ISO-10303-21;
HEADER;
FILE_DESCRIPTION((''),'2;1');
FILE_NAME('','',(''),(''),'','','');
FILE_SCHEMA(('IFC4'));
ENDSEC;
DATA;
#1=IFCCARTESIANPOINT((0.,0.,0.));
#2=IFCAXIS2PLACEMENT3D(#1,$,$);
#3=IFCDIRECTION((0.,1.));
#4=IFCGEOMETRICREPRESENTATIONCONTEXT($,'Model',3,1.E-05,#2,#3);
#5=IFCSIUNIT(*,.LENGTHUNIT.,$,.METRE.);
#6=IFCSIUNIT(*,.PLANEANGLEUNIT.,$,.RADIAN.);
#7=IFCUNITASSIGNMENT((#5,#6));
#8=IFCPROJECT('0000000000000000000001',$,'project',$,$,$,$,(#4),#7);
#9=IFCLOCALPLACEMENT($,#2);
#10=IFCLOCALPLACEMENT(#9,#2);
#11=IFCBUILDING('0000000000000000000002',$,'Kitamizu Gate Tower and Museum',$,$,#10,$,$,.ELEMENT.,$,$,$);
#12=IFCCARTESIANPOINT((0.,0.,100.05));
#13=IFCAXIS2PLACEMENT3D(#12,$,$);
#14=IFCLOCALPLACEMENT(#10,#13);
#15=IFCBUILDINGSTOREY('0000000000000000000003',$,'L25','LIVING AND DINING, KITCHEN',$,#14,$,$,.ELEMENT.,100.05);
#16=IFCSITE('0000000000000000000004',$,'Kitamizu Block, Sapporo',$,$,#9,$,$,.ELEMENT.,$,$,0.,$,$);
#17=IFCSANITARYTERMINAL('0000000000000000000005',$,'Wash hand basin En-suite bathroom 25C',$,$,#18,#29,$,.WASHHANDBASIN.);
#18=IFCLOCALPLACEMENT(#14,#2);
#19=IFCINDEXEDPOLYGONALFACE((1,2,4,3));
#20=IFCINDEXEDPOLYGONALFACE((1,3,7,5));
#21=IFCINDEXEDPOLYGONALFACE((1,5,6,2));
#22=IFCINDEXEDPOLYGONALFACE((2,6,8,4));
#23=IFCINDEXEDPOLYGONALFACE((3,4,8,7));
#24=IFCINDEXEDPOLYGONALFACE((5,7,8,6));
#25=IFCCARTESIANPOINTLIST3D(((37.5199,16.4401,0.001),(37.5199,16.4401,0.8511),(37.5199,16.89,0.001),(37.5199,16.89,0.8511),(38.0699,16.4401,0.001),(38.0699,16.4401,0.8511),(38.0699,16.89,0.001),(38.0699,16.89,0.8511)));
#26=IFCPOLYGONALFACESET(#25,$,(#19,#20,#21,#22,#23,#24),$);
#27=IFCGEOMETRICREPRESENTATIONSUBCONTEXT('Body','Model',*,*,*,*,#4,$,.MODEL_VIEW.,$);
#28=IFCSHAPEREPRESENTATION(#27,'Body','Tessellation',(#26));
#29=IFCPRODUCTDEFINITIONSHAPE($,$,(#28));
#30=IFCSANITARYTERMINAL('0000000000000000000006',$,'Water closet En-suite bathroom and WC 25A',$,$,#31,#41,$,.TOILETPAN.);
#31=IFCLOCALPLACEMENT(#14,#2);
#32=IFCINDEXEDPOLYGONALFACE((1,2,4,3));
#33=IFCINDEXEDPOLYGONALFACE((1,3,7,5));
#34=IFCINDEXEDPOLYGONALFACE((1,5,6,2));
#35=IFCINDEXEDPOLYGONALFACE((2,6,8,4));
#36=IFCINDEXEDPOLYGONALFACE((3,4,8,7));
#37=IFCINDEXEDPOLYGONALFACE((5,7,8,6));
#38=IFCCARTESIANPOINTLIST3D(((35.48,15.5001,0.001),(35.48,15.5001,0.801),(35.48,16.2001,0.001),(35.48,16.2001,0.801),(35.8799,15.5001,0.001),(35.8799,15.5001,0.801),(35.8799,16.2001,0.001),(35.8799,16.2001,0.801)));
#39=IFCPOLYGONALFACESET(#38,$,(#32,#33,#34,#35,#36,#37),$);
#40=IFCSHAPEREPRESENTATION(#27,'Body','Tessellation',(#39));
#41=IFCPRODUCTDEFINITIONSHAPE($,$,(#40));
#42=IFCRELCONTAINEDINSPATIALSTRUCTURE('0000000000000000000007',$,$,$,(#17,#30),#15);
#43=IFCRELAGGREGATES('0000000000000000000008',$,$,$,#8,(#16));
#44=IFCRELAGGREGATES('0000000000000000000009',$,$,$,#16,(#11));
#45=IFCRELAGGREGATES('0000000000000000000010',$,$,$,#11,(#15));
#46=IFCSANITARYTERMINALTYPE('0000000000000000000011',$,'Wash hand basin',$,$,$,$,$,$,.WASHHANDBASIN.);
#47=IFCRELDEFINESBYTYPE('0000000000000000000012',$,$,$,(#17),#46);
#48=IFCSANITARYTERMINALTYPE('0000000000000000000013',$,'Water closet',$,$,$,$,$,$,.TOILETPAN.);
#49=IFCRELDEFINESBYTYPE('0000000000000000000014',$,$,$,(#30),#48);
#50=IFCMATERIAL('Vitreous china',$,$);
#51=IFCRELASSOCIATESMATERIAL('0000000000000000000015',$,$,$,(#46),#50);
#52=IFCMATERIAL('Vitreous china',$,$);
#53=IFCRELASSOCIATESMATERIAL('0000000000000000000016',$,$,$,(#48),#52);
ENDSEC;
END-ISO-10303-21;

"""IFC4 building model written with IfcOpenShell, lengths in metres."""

from ifc_helpers import new_model, si_unit, direction, frame, origin, origin_2d, place, context, subcontext, project, spatial, rectangle, extrude, material, type_object, element, save


model = new_model("IFC4")

# Units and contexts
model_context = context("Model", 3, precision=1e-05, world=origin(), true_north=direction((0.0, 1.0)))
body_context = subcontext(model_context, "Body", "Model", "MODEL_VIEW")
ifc_project = project(units=[si_unit("LENGTHUNIT", "METRE"), si_unit("PLANEANGLEUNIT", "RADIAN")], contexts=[model_context])

# Site, building, storey
site_placement = place(None, origin())
site = spatial("IfcSite", under=ifc_project, at=site_placement, Name="Kitamizu Block, Sapporo", CompositionType="ELEMENT", RefElevation=0.0)
building_placement = place(site_placement, origin())
building = spatial("IfcBuilding", under=site, at=building_placement, Name="Kitamizu Gate Tower and Museum", CompositionType="ELEMENT")
storey_placement = place(building_placement, frame((0.0, 0.0, 100.05)))
storey = spatial("IfcBuildingStorey", under=building, at=storey_placement, Name="L25", Description="LIVING AND DINING, KITCHEN", CompositionType="ELEMENT", Elevation=100.05)

# Sanitary terminals
ifc_material_1 = material(Name="Vitreous china")
sanitary_terminal_type_1 = type_object("IfcSanitaryTerminalType", Name="Wash hand basin", PredefinedType="WASHHANDBASIN", material=ifc_material_1)
sanitary_terminal_1_placement = place(storey_placement, frame((37.7949, 16.665, 0.001), z_axis=(0.0, 0.0, 1.0), x_axis=(1.0, 0.0, 0.0)))
element("IfcSanitaryTerminal", 1, at=sanitary_terminal_1_placement, inside=storey, type_object=sanitary_terminal_type_1, Name="Wash hand basin En-suite bathroom 25C", PredefinedType="WASHHANDBASIN", context=body_context, shape_type="SweptSolid", body=[
    extrude(rectangle(XDim=0.55, YDim=0.45, at=origin_2d()), origin(), (0.0, 0.0, 1.0), 0.8501),
])
ifc_material_2 = material(Name="Vitreous china")
sanitary_terminal_type_2 = type_object("IfcSanitaryTerminalType", Name="Water closet", PredefinedType="TOILETPAN", material=ifc_material_2)
sanitary_terminal_2_placement = place(storey_placement, frame((35.6799, 15.8501, 0.001), z_axis=(0.0, 0.0, 1.0), x_axis=(1.0, 0.0, 0.0)))
element("IfcSanitaryTerminal", 2, at=sanitary_terminal_2_placement, inside=storey, type_object=sanitary_terminal_type_2, Name="Water closet En-suite bathroom and WC 25A", PredefinedType="TOILETPAN", context=body_context, shape_type="SweptSolid", body=[
    extrude(rectangle(XDim=0.3999, YDim=0.7, at=origin_2d()), origin(), (0.0, 0.0, 1.0), 0.8),
])

save(model, "model.ifc")
